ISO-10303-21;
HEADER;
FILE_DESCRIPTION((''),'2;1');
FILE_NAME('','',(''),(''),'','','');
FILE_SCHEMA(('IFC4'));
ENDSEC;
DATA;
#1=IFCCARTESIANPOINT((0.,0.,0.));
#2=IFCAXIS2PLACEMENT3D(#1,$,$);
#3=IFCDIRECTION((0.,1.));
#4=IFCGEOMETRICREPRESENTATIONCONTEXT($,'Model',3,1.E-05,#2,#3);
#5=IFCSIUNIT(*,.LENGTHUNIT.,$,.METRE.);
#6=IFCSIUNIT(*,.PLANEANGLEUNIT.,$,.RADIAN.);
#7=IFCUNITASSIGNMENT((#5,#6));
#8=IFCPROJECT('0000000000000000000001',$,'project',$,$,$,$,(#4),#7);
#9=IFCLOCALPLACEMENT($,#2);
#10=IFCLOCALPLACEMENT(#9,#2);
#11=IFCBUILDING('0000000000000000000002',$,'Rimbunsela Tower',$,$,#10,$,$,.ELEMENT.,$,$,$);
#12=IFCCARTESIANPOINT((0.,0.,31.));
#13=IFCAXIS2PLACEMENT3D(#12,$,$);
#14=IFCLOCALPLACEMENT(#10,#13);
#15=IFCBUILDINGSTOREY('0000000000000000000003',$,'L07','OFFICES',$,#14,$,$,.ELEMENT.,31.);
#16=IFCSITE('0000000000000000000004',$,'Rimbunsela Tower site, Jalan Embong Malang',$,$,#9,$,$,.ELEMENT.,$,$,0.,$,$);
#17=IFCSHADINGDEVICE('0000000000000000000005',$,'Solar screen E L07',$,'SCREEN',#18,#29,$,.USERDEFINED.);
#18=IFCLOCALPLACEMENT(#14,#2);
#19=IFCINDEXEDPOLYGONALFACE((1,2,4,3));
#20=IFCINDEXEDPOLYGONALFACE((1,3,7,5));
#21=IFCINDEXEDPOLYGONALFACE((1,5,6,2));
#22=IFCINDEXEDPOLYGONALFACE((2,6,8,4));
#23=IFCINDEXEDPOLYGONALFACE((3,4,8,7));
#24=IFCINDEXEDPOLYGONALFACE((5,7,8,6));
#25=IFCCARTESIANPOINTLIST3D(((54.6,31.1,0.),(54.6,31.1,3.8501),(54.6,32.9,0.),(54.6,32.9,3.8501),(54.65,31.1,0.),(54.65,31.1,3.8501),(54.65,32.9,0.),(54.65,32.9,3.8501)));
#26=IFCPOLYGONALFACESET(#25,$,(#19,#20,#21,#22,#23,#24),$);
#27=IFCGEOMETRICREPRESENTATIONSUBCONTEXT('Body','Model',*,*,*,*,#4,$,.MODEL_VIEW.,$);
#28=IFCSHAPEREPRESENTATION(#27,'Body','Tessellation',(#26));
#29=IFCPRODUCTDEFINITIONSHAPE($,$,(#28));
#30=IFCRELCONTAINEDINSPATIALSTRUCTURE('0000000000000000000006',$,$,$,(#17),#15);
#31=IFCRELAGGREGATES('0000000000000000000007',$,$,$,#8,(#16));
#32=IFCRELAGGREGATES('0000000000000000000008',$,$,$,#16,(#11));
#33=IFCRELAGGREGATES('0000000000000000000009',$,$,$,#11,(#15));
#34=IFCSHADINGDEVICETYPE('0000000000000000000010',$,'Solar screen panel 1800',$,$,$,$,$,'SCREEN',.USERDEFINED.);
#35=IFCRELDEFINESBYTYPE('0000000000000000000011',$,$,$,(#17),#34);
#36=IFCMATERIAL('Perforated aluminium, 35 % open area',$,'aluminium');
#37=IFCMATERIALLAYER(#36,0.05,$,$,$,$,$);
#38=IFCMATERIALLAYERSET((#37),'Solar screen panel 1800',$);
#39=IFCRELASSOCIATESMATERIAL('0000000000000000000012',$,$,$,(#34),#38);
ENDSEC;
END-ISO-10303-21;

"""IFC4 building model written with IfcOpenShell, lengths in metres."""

from ifc_helpers import new_model, si_unit, direction, frame, origin, origin_2d, place, context, subcontext, project, spatial, rectangle, extrude, material, layer, layer_set, type_object, element, save


model = new_model("IFC4")

# Units and contexts
model_context = context("Model", 3, precision=1e-05, world=origin(), true_north=direction((0.0, 1.0)))
body_context = subcontext(model_context, "Body", "Model", "MODEL_VIEW")
ifc_project = project(units=[si_unit("LENGTHUNIT", "METRE"), si_unit("PLANEANGLEUNIT", "RADIAN")], contexts=[model_context])

# Site, building, storey
site_placement = place(None, origin())
site = spatial("IfcSite", under=ifc_project, at=site_placement, Name="Rimbunsela Tower site, Jalan Embong Malang", CompositionType="ELEMENT", RefElevation=0.0)
building_placement = place(site_placement, origin())
building = spatial("IfcBuilding", under=site, at=building_placement, Name="Rimbunsela Tower", CompositionType="ELEMENT")
storey_placement = place(building_placement, frame((0.0, 0.0, 31.0)))
storey = spatial("IfcBuildingStorey", under=building, at=storey_placement, Name="L07", Description="OFFICES", CompositionType="ELEMENT", Elevation=31.0)

# Shading device
ifc_material_1 = material(Name="Perforated aluminium, 35 % open area", Category="aluminium")
ifc_layer_1 = layer(ifc_material_1, 0.05)
ifc_layer_set_1 = layer_set([ifc_layer_1], Name="Solar screen panel 1800")
shading_device_type = type_object("IfcShadingDeviceType", Name="Solar screen panel 1800", ElementType="SCREEN", PredefinedType="USERDEFINED", material=ifc_layer_set_1)
for number, where, z_axis, x_axis, name in (
    (1, (54.625, 32.0, 0.0), (0.0, 0.0, 1.0), (0.0, 1.0, 0.0), "Solar screen E L07"),
):
    element("IfcShadingDevice", number, at=place(storey_placement, frame(where, z_axis=z_axis, x_axis=x_axis)), inside=storey, type_object=shading_device_type, Name=name, ObjectType="SCREEN", PredefinedType="USERDEFINED", context=body_context, shape_type="SweptSolid", body=[
        extrude(rectangle(XDim=1.8, YDim=0.05, at=origin_2d()), origin(), (0.0, 0.0, 1.0), 3.8501),
    ])

save(model, "model.ifc")
